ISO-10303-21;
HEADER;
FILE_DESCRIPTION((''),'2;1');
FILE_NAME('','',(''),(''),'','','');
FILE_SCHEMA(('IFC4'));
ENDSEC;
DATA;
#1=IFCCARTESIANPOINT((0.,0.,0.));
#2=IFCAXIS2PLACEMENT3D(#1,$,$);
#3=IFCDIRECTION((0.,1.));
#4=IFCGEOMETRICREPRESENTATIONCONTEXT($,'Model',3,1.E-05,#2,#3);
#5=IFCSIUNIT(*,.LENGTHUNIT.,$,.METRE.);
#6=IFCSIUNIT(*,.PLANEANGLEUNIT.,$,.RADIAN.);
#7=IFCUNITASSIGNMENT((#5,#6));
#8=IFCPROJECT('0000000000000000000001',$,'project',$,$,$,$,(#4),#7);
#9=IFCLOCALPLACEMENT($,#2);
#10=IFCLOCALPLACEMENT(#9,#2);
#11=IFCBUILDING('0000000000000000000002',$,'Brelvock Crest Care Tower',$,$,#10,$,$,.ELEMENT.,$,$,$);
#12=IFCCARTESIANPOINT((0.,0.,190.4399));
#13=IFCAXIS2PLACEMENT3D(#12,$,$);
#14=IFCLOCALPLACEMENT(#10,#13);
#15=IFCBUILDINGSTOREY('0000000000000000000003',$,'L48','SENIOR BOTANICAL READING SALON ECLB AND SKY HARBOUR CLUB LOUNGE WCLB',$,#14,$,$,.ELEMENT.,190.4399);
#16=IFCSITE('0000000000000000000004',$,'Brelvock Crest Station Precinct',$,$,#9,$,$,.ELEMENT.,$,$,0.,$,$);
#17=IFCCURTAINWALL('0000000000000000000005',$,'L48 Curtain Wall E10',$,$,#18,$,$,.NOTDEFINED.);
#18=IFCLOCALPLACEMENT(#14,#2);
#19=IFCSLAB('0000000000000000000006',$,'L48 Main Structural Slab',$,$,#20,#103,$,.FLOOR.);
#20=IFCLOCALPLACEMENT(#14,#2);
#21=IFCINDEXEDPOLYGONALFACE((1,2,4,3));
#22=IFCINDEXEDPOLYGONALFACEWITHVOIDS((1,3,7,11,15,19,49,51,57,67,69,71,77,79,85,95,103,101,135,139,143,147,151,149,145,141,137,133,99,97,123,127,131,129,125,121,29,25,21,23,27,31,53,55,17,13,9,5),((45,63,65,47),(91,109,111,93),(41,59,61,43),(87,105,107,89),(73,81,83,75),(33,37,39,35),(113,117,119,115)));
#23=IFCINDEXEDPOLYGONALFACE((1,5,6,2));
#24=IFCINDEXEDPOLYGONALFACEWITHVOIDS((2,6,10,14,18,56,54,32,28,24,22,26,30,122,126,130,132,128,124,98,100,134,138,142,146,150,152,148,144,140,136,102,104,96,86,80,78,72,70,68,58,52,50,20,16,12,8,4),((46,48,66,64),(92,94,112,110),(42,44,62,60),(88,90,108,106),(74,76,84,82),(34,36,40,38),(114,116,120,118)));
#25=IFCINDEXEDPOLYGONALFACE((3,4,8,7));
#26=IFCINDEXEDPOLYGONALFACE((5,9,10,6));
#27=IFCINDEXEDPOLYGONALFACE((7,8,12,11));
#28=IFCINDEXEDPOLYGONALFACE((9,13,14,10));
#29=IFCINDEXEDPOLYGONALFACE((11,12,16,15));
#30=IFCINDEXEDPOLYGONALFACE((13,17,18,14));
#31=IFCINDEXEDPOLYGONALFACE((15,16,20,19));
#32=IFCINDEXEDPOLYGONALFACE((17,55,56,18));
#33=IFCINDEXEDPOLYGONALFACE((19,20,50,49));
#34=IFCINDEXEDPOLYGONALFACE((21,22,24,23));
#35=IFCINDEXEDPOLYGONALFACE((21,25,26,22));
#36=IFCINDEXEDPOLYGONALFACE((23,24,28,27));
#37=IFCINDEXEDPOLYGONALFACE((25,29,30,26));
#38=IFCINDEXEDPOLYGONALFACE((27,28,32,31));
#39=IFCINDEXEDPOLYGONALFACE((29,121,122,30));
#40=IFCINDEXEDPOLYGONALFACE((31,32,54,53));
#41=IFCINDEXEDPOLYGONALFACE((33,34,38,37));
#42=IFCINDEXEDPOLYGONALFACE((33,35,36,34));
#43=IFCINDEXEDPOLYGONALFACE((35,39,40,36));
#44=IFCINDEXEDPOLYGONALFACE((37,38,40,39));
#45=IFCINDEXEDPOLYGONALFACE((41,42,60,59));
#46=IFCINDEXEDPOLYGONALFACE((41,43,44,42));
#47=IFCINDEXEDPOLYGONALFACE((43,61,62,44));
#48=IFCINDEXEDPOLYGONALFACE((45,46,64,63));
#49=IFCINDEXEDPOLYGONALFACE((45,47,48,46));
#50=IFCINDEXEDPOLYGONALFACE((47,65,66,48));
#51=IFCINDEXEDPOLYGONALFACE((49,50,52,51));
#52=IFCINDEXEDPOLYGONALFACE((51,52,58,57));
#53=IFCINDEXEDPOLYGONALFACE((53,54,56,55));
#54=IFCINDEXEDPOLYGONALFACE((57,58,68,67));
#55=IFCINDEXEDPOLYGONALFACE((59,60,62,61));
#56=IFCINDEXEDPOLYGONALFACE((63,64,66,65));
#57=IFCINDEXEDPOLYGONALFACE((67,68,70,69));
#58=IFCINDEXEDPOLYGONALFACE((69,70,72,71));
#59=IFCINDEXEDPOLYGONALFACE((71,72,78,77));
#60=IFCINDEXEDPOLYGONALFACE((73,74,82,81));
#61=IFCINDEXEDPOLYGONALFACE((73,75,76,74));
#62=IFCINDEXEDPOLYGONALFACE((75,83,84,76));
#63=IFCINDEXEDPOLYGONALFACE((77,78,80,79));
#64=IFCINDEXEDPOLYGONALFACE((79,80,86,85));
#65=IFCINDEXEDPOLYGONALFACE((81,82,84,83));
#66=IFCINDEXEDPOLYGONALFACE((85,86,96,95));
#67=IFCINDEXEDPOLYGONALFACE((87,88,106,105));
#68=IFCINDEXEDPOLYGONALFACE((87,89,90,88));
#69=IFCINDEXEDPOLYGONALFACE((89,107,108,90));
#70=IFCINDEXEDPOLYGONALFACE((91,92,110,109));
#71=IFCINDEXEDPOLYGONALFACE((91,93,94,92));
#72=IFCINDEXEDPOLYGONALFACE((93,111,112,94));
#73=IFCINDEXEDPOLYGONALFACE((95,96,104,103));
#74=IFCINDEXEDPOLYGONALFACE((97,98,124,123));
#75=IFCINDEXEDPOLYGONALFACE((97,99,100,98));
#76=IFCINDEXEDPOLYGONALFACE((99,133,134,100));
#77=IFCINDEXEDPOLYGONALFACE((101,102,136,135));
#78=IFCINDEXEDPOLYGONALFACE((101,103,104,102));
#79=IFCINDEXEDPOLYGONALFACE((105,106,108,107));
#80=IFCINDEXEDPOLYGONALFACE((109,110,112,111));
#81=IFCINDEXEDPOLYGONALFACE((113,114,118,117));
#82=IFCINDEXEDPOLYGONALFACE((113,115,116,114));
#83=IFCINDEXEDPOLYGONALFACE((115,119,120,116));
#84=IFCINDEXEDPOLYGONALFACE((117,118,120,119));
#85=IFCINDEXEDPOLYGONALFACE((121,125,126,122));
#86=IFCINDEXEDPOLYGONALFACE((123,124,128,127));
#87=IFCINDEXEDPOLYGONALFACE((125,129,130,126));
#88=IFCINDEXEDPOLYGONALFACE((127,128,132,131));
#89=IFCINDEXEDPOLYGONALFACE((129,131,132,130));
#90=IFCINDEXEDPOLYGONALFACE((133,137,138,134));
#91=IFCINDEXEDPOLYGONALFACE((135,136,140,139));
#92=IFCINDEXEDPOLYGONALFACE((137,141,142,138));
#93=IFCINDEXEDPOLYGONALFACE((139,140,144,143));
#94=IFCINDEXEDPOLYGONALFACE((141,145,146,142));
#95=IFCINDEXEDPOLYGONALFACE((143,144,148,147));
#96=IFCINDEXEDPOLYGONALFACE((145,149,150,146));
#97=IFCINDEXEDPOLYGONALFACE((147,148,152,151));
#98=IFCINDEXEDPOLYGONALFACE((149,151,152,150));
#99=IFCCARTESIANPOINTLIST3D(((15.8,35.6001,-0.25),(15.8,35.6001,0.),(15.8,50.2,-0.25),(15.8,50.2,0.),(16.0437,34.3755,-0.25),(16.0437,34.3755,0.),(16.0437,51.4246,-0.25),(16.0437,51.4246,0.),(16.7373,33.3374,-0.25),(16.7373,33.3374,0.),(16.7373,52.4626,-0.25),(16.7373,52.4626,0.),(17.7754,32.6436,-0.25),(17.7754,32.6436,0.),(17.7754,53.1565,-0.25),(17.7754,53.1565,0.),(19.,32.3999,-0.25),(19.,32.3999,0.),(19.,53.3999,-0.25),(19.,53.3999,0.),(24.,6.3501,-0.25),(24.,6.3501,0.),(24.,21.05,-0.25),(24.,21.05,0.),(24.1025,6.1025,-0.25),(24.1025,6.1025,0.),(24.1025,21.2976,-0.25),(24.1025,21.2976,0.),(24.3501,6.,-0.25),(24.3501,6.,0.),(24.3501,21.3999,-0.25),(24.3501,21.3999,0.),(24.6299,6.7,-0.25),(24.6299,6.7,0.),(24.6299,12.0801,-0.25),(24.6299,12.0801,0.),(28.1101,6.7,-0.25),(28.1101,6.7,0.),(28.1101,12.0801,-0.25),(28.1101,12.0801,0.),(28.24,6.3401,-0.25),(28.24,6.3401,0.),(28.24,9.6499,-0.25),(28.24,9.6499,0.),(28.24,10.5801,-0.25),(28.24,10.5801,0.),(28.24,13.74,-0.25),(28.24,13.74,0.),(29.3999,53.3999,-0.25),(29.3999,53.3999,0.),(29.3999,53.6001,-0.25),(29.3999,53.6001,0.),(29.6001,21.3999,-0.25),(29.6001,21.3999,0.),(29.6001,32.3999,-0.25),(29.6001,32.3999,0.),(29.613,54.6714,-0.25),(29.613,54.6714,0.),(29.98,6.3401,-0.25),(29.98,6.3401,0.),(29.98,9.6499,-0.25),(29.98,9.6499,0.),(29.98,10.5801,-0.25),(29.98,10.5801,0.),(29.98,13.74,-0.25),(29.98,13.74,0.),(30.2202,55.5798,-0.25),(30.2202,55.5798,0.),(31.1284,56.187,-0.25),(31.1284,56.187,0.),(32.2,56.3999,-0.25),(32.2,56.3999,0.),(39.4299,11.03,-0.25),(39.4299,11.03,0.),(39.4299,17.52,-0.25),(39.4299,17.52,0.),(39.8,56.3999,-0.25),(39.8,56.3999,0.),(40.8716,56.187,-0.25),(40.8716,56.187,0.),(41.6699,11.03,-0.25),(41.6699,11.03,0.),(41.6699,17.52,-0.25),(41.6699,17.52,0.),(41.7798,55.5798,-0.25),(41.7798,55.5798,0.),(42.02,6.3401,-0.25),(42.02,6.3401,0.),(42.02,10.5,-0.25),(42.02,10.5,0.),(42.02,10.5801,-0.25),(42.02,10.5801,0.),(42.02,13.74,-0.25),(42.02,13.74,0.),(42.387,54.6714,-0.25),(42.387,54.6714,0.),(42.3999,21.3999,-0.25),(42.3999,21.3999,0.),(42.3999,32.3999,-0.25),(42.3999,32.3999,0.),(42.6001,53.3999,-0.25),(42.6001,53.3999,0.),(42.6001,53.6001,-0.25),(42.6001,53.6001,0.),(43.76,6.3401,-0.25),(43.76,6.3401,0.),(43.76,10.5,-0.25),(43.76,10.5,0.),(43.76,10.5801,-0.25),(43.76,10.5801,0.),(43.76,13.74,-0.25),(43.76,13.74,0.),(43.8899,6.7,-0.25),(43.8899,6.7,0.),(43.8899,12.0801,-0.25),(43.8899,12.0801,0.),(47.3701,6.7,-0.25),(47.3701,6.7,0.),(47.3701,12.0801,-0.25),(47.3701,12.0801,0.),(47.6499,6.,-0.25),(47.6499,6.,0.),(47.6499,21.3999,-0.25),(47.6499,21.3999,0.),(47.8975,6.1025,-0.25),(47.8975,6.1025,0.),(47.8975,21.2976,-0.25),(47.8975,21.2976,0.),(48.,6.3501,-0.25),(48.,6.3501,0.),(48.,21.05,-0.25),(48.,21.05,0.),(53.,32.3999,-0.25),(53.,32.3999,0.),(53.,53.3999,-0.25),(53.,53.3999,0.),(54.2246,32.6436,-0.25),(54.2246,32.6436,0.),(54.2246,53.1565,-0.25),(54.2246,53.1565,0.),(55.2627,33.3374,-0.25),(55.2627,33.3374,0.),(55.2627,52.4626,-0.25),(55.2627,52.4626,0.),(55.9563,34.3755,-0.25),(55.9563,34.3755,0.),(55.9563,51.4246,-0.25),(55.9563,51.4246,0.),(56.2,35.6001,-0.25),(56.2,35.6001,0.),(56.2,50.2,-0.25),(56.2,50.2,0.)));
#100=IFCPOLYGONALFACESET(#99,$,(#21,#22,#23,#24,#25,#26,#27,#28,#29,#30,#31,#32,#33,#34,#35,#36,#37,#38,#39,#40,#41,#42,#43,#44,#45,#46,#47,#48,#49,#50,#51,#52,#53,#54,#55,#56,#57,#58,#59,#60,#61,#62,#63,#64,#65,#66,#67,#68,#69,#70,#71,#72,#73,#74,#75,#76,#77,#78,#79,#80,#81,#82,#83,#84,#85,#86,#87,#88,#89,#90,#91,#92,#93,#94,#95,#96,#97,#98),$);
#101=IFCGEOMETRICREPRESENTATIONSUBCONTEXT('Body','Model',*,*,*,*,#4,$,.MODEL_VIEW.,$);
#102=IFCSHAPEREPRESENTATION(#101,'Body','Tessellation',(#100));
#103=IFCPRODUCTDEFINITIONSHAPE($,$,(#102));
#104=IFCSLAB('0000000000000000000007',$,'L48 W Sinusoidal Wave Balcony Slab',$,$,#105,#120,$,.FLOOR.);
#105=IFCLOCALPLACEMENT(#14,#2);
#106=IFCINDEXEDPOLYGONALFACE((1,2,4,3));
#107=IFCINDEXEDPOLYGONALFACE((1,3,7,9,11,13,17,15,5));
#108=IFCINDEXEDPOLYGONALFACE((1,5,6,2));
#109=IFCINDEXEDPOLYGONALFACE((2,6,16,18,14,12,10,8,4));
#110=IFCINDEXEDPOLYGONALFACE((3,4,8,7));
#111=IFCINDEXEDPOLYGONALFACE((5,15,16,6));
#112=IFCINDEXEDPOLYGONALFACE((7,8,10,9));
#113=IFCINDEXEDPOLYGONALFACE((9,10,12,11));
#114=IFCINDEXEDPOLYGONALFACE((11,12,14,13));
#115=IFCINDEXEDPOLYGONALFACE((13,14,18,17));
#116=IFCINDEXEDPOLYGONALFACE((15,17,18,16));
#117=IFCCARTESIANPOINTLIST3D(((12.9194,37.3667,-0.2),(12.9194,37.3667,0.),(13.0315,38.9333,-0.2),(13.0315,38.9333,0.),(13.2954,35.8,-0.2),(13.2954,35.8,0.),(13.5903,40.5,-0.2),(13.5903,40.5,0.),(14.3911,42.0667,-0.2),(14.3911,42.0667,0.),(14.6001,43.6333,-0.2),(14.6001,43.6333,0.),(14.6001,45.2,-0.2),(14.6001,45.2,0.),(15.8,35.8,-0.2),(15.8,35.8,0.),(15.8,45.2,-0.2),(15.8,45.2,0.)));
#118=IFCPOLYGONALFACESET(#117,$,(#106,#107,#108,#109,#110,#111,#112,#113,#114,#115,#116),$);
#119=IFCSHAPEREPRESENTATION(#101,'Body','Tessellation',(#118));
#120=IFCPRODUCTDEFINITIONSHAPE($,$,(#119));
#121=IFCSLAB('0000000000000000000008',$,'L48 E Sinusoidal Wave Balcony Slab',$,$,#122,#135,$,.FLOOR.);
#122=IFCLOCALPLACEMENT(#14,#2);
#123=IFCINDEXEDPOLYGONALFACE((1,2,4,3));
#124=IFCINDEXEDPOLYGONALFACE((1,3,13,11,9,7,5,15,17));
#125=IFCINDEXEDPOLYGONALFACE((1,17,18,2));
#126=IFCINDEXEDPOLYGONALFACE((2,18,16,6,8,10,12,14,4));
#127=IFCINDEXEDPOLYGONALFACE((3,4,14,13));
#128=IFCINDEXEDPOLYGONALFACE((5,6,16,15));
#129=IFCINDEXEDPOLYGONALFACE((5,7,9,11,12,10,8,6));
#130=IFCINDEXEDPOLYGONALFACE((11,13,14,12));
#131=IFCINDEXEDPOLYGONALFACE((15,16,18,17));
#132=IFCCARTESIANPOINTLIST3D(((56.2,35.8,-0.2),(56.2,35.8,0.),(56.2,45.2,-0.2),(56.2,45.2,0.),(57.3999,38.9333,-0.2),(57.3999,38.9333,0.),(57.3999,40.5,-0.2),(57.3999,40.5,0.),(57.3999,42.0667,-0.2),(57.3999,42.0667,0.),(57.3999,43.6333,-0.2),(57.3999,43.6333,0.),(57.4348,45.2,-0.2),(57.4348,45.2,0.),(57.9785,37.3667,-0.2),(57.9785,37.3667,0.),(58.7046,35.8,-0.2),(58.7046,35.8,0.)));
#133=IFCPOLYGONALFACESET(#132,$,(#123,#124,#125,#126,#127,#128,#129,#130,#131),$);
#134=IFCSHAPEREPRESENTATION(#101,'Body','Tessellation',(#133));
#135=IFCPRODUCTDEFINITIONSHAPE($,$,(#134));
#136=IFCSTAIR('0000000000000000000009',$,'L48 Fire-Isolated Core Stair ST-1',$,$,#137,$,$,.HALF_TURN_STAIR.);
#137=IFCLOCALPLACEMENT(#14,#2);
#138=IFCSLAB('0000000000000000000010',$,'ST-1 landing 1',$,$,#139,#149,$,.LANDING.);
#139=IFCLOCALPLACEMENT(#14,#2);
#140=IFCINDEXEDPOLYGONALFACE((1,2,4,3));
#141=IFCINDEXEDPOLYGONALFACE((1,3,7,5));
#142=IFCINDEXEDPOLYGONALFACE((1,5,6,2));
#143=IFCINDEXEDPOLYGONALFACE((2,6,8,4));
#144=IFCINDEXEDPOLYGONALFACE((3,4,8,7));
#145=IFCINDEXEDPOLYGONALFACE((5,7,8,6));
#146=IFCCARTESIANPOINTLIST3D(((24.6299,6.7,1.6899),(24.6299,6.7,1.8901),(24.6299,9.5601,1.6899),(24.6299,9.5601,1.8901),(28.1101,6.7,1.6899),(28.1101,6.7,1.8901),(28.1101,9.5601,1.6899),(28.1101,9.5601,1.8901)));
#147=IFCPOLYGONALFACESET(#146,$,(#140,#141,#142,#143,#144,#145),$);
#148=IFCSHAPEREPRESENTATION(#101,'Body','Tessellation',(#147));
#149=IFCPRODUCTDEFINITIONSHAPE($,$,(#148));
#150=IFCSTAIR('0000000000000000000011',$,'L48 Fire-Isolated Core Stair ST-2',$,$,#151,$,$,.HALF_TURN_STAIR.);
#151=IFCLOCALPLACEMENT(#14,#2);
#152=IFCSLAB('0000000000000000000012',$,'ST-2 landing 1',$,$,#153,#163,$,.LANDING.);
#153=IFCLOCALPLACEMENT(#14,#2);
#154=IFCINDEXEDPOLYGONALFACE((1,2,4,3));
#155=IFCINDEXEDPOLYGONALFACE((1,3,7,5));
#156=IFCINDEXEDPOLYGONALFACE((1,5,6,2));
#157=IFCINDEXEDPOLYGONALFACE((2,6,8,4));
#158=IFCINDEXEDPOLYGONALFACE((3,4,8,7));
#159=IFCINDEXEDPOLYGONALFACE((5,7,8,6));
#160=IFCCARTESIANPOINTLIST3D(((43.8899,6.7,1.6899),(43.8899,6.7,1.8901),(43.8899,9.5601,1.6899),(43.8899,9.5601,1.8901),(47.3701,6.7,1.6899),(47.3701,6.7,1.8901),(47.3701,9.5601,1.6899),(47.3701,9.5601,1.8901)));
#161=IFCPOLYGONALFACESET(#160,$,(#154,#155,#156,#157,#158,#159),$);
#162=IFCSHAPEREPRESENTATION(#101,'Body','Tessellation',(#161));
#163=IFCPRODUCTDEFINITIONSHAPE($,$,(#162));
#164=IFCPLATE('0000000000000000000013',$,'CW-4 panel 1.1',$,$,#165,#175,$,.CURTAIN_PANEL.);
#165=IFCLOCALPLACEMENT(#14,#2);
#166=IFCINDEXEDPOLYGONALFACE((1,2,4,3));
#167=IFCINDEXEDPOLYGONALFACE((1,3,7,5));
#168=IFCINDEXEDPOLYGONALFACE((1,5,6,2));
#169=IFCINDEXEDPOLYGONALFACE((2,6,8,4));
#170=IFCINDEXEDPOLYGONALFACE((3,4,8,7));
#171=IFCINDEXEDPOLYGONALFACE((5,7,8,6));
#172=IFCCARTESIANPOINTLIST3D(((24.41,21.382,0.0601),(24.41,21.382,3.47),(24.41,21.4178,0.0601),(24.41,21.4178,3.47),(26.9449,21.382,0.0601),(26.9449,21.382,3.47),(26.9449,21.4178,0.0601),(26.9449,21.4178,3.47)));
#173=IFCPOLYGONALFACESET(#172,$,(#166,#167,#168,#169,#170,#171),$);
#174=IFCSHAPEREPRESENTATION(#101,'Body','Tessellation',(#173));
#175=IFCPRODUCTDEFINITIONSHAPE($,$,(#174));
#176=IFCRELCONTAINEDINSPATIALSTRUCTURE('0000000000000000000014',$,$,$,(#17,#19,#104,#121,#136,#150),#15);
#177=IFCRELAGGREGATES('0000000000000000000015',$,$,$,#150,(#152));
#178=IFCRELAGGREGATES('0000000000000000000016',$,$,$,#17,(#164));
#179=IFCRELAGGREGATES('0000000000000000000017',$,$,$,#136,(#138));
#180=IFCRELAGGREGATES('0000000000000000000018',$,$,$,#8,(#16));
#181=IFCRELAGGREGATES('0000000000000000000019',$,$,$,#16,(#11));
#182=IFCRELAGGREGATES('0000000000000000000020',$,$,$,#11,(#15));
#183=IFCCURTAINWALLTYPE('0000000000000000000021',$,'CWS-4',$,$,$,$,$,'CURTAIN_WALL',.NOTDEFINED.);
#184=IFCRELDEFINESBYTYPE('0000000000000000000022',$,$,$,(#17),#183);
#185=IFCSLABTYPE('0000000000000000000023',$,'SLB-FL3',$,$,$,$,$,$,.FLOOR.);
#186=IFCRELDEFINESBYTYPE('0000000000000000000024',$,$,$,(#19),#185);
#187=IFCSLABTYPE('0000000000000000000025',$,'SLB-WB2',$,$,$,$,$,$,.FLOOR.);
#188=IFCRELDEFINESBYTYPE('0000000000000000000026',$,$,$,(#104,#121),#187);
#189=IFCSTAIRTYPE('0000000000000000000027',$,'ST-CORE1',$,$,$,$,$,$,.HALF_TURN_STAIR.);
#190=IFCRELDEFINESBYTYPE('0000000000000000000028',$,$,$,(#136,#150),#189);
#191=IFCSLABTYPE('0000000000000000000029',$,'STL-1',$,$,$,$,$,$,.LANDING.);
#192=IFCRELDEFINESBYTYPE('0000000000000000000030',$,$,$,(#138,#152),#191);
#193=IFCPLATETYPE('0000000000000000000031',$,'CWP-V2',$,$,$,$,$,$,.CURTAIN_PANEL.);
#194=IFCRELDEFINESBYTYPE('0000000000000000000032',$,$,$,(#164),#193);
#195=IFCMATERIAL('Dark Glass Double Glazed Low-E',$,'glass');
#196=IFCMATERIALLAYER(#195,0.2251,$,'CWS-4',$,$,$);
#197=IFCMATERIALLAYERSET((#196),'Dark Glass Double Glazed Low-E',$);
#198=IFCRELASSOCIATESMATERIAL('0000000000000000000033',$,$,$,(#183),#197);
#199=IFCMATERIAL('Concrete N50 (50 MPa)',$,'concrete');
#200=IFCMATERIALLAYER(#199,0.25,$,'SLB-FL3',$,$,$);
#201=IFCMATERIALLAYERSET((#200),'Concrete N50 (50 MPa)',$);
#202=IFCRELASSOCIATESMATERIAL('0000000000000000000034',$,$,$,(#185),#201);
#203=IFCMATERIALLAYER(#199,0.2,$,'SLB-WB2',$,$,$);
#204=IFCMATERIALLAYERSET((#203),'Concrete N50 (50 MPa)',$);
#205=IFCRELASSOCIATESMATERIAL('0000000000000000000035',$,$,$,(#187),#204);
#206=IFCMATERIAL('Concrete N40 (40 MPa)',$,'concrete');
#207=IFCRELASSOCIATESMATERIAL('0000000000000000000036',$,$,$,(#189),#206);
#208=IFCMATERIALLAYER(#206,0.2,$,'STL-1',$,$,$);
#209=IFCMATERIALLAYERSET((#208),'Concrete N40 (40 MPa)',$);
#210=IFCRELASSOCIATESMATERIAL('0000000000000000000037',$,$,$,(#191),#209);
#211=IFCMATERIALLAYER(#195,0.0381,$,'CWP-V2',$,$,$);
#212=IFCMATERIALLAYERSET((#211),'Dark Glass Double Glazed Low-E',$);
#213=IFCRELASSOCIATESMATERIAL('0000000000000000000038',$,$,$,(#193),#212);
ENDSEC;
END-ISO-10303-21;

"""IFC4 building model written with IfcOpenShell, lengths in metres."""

from ifc_helpers import new_model, si_unit, direction, frame, origin, origin_2d, place, context, subcontext, project, spatial, polyline, rectangle, outline, extrude, source, transform, mapped, material, layer, layer_set, type_object, element, aggregate, save


model = new_model("IFC4")

# Units and contexts
model_context = context("Model", 3, precision=1e-05, world=origin(), true_north=direction((0.0, 1.0)))
body_context = subcontext(model_context, "Body", "Model", "MODEL_VIEW")
ifc_project = project(units=[si_unit("LENGTHUNIT", "METRE"), si_unit("PLANEANGLEUNIT", "RADIAN")], contexts=[model_context])

# Site, building, storey
site_placement = place(None, origin())
site = spatial("IfcSite", under=ifc_project, at=site_placement, Name="Brelvock Crest Station Precinct", CompositionType="ELEMENT", RefElevation=0.0)
building_placement = place(site_placement, origin())
building = spatial("IfcBuilding", under=site, at=building_placement, Name="Brelvock Crest Care Tower", CompositionType="ELEMENT")
storey_placement = place(building_placement, frame((0.0, 0.0, 190.4399)))
storey = spatial("IfcBuildingStorey", under=building, at=storey_placement, Name="L48", Description="SENIOR BOTANICAL READING SALON ECLB AND SKY HARBOUR CLUB LOUNGE WCLB", CompositionType="ELEMENT", Elevation=190.4399)

# Curtain wall
ifc_material_1 = material(Name="Dark Glass Double Glazed Low-E", Category="glass")
ifc_layer_1 = layer(ifc_material_1, 0.2251, Name="CWS-4")
ifc_layer_set_1 = layer_set([ifc_layer_1], Name="Dark Glass Double Glazed Low-E")
curtain_wall_type = type_object("IfcCurtainWallType", Name="CWS-4", ElementType="CURTAIN_WALL", PredefinedType="NOTDEFINED", material=ifc_layer_set_1)
curtain_wall_placement = place(storey_placement, origin())
curtain_wall = element("IfcCurtainWall", 1, at=curtain_wall_placement, inside=storey, type_object=curtain_wall_type, Name="L48 Curtain Wall E10", PredefinedType="NOTDEFINED")

# Slabs
ifc_material_2 = material(Name="Concrete N50 (50 MPa)", Category="concrete")
ifc_layer_2 = layer(ifc_material_2, 0.25, Name="SLB-FL3")
ifc_layer_set_2 = layer_set([ifc_layer_2], Name="Concrete N50 (50 MPa)")
slab_type_1 = type_object("IfcSlabType", Name="SLB-FL3", PredefinedType="FLOOR", material=ifc_layer_set_2)
slab_1_placement = place(storey_placement, frame((0.0, 0.0, -0.25)))
element("IfcSlab", 2, at=slab_1_placement, inside=storey, type_object=slab_type_1, Name="L48 Main Structural Slab", PredefinedType="FLOOR", context=body_context, shape_type="SweptSolid", body=[
    extrude(outline(polyline([(47.6499, 21.3999), (42.3999, 21.3999), (42.3999, 32.3999), (53.0, 32.3999), (54.2246, 32.6436), (55.2627, 33.3374), (55.9563, 34.3755), (56.2, 35.6001), (56.2, 50.2), (55.9563, 51.4246), (55.2627, 52.4626), (54.2246, 53.1565), (53.0, 53.3999), (42.6001, 53.3999), (42.6001, 53.6001), (42.387, 54.6714), (41.7798, 55.5798), (40.8716, 56.187), (39.8, 56.3999), (32.2, 56.3999), (31.1284, 56.187), (30.2202, 55.5798), (29.613, 54.6714), (29.3999, 53.6001), (29.3999, 53.3999), (19.0, 53.3999), (17.7754, 53.1565), (16.7373, 52.4626), (16.0437, 51.4246), (15.8, 50.2), (15.8, 35.6001), (16.0437, 34.3755), (16.7373, 33.3374), (17.7754, 32.6436), (19.0, 32.3999), (29.6001, 32.3999), (29.6001, 21.3999), (24.3501, 21.3999), (24.1025, 21.2976), (24.0, 21.05), (24.0, 6.3501), (24.1025, 6.1025), (24.3501, 6.0), (47.6499, 6.0), (47.8975, 6.1025), (48.0, 6.3501), (48.0, 21.05), (47.8975, 21.2976), (47.6499, 21.3999)]), holes=[polyline([(28.24, 10.5801), (29.98, 10.5801), (29.98, 13.74), (28.24, 13.74), (28.24, 10.5801)]), polyline([(42.02, 10.5801), (43.76, 10.5801), (43.76, 13.74), (42.02, 13.74), (42.02, 10.5801)]), polyline([(28.24, 6.3401), (29.98, 6.3401), (29.98, 9.6499), (28.24, 9.6499), (28.24, 6.3401)]), polyline([(24.6299, 12.0801), (24.6299, 6.7), (28.1101, 6.7), (28.1101, 12.0801), (24.6299, 12.0801)]), polyline([(43.8899, 12.0801), (43.8899, 6.7), (47.3701, 6.7), (47.3701, 12.0801), (43.8899, 12.0801)]), polyline([(42.02, 6.3401), (43.76, 6.3401), (43.76, 10.5), (42.02, 10.5), (42.02, 6.3401)]), polyline([(39.4299, 11.03), (41.6699, 11.03), (41.6699, 17.52), (39.4299, 17.52), (39.4299, 11.03)])]), origin(), (0.0, 0.0, 1.0), 0.25),
])
ifc_layer_3 = layer(ifc_material_2, 0.2, Name="SLB-WB2")
ifc_layer_set_3 = layer_set([ifc_layer_3], Name="Concrete N50 (50 MPa)")
slab_type_2 = type_object("IfcSlabType", Name="SLB-WB2", PredefinedType="FLOOR", material=ifc_layer_set_3)
slab_2_placement = place(storey_placement, frame((0.0, 0.0, -0.2)))
element("IfcSlab", 3, at=slab_2_placement, inside=storey, type_object=slab_type_2, Name="L48 W Sinusoidal Wave Balcony Slab", PredefinedType="FLOOR", context=body_context, shape_type="SweptSolid", body=[
    extrude(outline(polyline([(15.8, 45.2), (14.6001, 45.2), (14.6001, 43.6333), (14.3911, 42.0667), (13.5903, 40.5), (13.0315, 38.9333), (12.9194, 37.3667), (13.2954, 35.8), (15.8, 35.8), (15.8, 45.2)])), origin(), (0.0, 0.0, 1.0), 0.2),
])
slab_3_placement = place(storey_placement, frame((0.0, 0.0, -0.2)))
element("IfcSlab", 4, at=slab_3_placement, inside=storey, type_object=slab_type_2, Name="L48 E Sinusoidal Wave Balcony Slab", PredefinedType="FLOOR", context=body_context, shape_type="SweptSolid", body=[
    extrude(outline(polyline([(56.2, 35.8), (58.7046, 35.8), (57.9785, 37.3667), (57.3999, 38.9333), (57.3999, 40.5), (57.3999, 42.0667), (57.3999, 43.6333), (57.4348, 45.2), (56.2, 45.2), (56.2, 35.8)])), origin(), (0.0, 0.0, 1.0), 0.2),
])

# Stairs, slabs
ifc_material_3 = material(Name="Concrete N40 (40 MPa)", Category="concrete")
stair_type = type_object("IfcStairType", Name="ST-CORE1", PredefinedType="HALF_TURN_STAIR", material=ifc_material_3)
stair_1_placement = place(storey_placement, origin())
stair_1 = element("IfcStair", 5, at=stair_1_placement, inside=storey, type_object=stair_type, Name="L48 Fire-Isolated Core Stair ST-1", PredefinedType="HALF_TURN_STAIR")
ifc_layer_4 = layer(ifc_material_3, 0.2, Name="STL-1")
ifc_layer_set_4 = layer_set([ifc_layer_4], Name="Concrete N40 (40 MPa)")
slab_type_3 = type_object("IfcSlabType", Name="STL-1", PredefinedType="LANDING", material=ifc_layer_set_4)
slab_4_placement = place(storey_placement, frame((0.0, 0.0, 1.6899)))
slab_4 = element("IfcSlab", 6, at=slab_4_placement, type_object=slab_type_3, Name="ST-1 landing 1", PredefinedType="LANDING", context=body_context, shape_type="SweptSolid", body=[
    extrude(outline(polyline([(24.6299, 9.5601), (24.6299, 6.7), (28.1101, 6.7), (28.1101, 9.5601), (24.6299, 9.5601)])), origin(), (0.0, 0.0, 1.0), 0.2002),
])
stair_2_placement = place(storey_placement, origin())
stair_2 = element("IfcStair", 7, at=stair_2_placement, inside=storey, type_object=stair_type, Name="L48 Fire-Isolated Core Stair ST-2", PredefinedType="HALF_TURN_STAIR")
slab_5_placement = place(storey_placement, frame((0.0, 0.0, 1.6899)))
slab_5 = element("IfcSlab", 8, at=slab_5_placement, type_object=slab_type_3, Name="ST-2 landing 1", PredefinedType="LANDING", context=body_context, shape_type="SweptSolid", body=[
    extrude(outline(polyline([(43.8899, 9.5601), (43.8899, 6.7), (47.3701, 6.7), (47.3701, 9.5601), (43.8899, 9.5601)])), origin(), (0.0, 0.0, 1.0), 0.2002),
])
aggregate(stair_2, [slab_5])

# Plate
ifc_layer_5 = layer(ifc_material_1, 0.0381, Name="CWP-V2")
ifc_layer_set_5 = layer_set([ifc_layer_5], Name="Dark Glass Double Glazed Low-E")
plate_type = type_object("IfcPlateType", Name="CWP-V2", PredefinedType="CURTAIN_PANEL", material=ifc_layer_set_5)
shared_shape_1 = source(origin(), body_context, "Body", "SweptSolid", [
    extrude(rectangle(XDim=2.5349, YDim=0.0359, at=origin_2d()), origin(), (0.0, 0.0, 1.0), 3.4099),
])
plate_placement = place(storey_placement, frame((25.6775, 21.3999, 0.0601), z_axis=(0.0, 0.0, 1.0), x_axis=(1.0, 0.0, 0.0)))
plate = element("IfcPlate", 9, at=plate_placement, type_object=plate_type, Name="CW-4 panel 1.1", PredefinedType="CURTAIN_PANEL", context=body_context, shape_type="MappedRepresentation", body=[
    mapped(shared_shape_1, transform((0.0, 0.0, 0.0), x_axis=(1.0, 0.0, 0.0), y_axis=(0.0, 1.0, 0.0), z_axis=(0.0, 0.0, 1.0), scale=1.0)),
])
aggregate(curtain_wall, [plate])

aggregate(stair_1, [slab_4])

save(model, "model.ifc")
